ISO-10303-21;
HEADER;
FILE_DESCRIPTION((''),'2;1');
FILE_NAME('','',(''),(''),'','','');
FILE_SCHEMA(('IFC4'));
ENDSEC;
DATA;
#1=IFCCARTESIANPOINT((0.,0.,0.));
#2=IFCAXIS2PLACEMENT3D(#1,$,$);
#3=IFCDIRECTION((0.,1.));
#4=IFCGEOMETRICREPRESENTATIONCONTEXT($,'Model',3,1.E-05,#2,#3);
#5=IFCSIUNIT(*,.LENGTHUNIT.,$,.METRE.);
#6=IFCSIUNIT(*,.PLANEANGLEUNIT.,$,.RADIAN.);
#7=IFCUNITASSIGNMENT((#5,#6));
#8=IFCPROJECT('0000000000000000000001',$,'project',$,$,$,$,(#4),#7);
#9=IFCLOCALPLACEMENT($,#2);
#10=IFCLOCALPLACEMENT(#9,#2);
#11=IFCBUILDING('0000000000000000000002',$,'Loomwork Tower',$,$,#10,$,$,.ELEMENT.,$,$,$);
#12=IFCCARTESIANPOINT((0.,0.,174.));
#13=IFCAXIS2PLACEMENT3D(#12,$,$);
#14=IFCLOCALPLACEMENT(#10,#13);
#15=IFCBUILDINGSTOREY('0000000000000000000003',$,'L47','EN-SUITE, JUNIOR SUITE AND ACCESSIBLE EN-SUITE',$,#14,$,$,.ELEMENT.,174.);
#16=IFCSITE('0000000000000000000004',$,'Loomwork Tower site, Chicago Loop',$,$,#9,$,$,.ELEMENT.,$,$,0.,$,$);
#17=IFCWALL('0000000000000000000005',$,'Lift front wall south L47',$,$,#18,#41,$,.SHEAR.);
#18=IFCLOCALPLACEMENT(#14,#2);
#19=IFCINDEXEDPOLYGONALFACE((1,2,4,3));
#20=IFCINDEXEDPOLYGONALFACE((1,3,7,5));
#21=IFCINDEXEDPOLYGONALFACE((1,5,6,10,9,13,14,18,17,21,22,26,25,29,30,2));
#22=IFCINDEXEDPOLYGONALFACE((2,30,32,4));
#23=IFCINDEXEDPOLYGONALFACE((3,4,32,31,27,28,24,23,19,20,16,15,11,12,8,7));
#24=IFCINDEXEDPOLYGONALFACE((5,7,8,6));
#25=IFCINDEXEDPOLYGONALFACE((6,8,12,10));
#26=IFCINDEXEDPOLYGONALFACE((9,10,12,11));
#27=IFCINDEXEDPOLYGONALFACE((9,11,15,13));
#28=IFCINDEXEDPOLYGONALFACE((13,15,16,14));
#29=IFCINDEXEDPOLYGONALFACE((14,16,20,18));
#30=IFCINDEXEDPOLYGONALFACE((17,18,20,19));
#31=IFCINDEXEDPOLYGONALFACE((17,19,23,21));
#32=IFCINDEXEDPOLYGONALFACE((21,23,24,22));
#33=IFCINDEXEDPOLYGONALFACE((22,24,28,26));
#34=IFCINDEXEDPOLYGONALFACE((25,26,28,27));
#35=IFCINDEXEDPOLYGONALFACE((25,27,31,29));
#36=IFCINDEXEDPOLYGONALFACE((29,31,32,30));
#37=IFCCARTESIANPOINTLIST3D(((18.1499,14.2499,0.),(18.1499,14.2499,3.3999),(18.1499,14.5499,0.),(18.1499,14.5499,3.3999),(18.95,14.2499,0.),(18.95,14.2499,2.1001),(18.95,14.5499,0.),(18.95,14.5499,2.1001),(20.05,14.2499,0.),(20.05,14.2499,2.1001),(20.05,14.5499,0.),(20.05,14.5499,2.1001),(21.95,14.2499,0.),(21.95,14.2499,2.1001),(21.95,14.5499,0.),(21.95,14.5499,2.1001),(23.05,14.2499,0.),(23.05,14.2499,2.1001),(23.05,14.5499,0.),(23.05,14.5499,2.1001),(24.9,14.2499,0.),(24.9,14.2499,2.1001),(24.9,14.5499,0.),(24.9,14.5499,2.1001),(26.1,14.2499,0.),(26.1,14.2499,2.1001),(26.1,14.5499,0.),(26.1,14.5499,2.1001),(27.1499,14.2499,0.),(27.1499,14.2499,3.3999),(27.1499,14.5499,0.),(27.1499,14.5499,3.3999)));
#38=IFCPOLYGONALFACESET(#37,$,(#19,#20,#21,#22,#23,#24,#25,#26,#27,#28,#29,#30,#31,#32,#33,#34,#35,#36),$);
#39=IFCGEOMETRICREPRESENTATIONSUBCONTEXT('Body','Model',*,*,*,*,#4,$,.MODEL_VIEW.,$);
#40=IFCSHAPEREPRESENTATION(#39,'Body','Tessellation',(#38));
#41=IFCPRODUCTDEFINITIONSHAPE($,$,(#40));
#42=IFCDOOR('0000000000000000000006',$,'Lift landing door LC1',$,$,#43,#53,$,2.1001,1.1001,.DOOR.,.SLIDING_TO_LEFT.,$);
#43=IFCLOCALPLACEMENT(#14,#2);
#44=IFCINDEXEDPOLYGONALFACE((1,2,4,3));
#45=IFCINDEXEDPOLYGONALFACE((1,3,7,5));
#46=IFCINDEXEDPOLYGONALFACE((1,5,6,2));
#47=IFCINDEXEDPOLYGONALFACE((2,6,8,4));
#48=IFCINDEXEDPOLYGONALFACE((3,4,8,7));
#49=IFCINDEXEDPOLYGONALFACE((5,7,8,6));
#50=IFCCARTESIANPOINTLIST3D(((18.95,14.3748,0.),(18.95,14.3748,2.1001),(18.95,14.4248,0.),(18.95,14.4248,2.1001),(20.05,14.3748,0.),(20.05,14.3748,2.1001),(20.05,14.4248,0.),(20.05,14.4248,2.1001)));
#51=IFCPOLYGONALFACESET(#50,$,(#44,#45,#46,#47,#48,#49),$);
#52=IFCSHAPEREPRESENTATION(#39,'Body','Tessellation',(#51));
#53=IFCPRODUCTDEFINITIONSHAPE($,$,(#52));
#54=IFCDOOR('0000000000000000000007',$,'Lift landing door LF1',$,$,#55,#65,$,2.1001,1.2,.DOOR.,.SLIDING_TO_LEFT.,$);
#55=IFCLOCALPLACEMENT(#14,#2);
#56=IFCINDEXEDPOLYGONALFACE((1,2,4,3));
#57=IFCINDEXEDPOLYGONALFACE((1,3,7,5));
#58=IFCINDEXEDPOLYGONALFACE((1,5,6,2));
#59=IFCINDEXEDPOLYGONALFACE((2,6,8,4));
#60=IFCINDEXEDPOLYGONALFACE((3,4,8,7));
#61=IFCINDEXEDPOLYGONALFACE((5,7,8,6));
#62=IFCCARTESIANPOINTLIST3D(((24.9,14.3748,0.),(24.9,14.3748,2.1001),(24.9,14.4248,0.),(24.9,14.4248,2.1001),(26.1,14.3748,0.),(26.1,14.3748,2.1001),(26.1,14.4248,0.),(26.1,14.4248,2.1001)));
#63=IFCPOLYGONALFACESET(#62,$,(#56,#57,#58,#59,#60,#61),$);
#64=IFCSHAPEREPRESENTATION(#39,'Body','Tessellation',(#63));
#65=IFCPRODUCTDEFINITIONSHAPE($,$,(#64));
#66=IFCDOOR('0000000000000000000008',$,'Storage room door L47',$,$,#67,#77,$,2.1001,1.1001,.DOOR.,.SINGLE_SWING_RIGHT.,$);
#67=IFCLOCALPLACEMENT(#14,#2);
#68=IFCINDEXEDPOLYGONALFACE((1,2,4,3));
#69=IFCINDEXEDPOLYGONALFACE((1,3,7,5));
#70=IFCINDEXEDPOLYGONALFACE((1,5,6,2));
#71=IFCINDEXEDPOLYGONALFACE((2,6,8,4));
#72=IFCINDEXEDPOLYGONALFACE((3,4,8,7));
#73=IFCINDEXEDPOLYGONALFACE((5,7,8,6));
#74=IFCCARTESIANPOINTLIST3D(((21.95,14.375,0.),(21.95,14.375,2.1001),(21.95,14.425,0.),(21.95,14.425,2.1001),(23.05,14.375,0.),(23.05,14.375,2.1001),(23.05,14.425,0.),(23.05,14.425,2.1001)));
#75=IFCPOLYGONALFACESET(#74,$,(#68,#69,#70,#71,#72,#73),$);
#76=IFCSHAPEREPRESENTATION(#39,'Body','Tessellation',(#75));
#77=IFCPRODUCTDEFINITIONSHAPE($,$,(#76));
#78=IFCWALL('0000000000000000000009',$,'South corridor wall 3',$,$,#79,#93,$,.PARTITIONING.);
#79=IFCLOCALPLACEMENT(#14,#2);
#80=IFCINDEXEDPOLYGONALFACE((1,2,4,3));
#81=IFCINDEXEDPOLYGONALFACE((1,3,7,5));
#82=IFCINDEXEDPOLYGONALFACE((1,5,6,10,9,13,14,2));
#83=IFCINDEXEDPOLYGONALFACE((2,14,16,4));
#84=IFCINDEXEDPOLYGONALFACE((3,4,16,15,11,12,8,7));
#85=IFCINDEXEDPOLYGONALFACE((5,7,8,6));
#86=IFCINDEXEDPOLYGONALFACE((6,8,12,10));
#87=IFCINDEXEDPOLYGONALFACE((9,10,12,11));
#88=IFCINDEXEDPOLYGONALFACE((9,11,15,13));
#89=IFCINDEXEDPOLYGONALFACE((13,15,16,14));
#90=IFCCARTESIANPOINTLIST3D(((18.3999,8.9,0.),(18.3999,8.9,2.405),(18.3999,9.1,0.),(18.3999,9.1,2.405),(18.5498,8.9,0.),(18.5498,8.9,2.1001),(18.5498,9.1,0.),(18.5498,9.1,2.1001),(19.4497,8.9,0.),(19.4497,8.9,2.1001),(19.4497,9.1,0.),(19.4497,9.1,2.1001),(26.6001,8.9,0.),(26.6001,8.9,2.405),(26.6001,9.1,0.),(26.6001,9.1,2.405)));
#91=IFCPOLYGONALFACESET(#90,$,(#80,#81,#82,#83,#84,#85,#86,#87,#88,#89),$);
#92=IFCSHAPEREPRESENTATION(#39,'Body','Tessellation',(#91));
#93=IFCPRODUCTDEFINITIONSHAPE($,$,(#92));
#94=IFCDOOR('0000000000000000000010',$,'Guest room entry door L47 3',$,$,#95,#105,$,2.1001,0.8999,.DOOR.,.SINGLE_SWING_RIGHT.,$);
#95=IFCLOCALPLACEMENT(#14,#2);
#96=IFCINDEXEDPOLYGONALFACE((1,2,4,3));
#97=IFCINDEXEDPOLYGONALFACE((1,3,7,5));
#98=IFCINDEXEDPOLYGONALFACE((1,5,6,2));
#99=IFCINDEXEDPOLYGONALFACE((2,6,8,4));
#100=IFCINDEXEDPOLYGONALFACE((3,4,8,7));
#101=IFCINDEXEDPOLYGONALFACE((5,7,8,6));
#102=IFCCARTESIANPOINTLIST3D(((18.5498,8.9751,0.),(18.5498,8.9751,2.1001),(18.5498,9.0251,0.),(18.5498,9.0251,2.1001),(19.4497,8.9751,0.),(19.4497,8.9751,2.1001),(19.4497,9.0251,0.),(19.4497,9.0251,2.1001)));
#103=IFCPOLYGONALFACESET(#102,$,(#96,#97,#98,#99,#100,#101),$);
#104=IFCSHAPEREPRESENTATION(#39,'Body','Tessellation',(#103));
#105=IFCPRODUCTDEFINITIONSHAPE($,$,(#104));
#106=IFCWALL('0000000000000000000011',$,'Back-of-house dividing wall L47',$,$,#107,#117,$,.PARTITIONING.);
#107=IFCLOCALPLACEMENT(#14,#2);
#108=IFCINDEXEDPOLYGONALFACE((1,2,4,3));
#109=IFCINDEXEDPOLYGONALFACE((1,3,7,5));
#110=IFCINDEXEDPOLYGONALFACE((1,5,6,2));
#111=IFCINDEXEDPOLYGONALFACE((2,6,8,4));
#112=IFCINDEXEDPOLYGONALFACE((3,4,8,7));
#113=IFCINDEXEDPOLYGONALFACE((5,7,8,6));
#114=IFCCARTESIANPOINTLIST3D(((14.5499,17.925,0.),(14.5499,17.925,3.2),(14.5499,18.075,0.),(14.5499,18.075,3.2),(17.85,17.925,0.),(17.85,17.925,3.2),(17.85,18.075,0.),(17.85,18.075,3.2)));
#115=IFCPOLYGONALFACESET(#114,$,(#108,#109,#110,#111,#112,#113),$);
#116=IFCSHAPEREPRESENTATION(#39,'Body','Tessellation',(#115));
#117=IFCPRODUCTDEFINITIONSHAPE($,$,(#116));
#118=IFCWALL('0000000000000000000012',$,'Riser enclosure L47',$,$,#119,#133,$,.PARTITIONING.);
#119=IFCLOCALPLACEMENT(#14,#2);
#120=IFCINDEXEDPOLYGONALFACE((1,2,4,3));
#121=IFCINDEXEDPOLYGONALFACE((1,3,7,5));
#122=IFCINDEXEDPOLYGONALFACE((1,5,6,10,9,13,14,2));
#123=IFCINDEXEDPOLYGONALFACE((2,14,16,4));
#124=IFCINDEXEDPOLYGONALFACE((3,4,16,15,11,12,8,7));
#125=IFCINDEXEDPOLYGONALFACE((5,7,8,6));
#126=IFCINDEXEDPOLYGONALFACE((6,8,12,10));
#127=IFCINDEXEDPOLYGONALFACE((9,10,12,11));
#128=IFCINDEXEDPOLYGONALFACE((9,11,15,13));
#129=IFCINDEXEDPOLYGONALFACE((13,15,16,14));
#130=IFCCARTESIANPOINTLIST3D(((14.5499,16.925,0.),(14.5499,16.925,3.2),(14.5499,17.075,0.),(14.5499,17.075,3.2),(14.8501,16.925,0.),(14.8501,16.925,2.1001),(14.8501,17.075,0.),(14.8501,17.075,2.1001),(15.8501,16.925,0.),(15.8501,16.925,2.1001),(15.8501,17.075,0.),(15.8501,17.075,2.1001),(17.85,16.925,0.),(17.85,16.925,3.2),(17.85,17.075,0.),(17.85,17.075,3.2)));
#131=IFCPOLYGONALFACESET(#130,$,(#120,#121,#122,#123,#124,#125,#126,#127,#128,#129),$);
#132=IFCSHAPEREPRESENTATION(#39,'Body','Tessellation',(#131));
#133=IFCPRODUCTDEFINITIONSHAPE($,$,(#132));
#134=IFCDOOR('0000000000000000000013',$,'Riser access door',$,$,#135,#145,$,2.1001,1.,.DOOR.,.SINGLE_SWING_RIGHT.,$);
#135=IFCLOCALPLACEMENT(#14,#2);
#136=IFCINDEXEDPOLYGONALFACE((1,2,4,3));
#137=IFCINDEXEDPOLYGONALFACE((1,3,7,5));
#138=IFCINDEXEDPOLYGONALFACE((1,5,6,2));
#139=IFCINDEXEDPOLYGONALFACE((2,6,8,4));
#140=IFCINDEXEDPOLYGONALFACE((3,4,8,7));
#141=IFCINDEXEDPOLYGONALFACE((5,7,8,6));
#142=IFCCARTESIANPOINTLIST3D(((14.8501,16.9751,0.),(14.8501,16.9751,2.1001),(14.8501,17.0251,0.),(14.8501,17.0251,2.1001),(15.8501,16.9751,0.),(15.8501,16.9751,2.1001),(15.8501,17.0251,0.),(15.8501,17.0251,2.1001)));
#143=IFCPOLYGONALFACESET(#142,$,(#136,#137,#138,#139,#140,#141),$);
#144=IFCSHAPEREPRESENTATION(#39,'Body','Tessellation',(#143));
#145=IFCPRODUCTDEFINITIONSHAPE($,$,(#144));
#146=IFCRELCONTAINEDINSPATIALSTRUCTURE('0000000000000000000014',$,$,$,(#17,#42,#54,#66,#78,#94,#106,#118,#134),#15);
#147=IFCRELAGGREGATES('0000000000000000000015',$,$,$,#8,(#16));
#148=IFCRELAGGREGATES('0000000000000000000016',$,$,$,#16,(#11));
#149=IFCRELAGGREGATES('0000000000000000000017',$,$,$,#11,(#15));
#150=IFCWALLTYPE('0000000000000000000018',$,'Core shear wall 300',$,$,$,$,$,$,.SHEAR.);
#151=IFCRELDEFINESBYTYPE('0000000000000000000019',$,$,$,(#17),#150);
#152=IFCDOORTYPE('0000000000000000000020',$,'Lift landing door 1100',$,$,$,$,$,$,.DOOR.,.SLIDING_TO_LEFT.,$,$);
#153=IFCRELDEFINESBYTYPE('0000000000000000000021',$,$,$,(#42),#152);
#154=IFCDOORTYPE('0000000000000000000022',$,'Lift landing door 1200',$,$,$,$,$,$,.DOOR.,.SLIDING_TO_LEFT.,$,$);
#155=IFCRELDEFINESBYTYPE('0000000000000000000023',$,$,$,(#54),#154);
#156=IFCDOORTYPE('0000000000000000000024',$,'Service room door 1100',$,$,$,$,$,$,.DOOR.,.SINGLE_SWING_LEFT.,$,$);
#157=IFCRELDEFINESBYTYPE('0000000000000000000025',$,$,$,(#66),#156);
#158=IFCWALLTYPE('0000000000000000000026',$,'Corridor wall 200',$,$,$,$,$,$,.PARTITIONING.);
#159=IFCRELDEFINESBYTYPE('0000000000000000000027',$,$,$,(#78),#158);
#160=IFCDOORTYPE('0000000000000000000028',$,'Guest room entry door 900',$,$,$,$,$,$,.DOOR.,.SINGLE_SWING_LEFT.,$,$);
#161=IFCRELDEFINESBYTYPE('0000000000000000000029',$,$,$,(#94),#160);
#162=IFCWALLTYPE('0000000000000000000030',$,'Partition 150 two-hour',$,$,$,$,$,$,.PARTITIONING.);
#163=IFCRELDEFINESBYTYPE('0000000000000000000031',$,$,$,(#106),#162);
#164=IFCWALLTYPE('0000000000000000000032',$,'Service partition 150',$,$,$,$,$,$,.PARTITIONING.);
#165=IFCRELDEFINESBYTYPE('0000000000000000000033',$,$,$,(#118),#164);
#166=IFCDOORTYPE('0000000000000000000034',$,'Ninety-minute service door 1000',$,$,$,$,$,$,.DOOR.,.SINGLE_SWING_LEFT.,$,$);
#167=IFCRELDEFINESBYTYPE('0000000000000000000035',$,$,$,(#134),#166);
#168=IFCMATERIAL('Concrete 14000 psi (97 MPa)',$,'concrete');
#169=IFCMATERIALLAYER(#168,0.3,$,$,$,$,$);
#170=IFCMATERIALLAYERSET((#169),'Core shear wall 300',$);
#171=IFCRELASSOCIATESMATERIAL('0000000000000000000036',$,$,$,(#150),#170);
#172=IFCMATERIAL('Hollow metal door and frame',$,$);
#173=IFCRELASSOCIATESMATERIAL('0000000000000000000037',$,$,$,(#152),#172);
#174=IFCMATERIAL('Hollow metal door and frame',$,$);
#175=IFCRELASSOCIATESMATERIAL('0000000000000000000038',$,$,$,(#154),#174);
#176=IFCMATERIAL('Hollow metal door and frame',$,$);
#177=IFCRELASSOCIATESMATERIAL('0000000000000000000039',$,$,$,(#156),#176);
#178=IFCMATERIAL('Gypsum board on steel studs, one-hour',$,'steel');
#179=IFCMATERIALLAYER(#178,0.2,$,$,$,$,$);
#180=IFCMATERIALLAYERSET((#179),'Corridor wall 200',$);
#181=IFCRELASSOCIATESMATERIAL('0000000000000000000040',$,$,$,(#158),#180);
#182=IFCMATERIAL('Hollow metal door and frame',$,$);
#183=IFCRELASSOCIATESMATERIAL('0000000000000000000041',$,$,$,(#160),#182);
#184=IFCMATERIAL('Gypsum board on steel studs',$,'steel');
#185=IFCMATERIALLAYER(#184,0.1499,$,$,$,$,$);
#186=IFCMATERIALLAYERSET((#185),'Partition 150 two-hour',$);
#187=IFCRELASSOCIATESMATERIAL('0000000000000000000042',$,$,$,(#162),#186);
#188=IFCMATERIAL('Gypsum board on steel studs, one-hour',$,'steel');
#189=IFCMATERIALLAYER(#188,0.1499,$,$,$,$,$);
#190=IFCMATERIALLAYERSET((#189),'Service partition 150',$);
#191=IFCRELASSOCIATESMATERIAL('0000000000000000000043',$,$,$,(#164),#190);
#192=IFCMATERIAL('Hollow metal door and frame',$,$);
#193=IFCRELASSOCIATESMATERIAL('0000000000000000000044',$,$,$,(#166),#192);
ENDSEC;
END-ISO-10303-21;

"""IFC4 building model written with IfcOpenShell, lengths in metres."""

from ifc_helpers import new_model, si_unit, direction, frame, frame_2d, origin, place, context, subcontext, project, spatial, rectangle, extrude, material, layer, layer_set, type_object, element, fill, save


model = new_model("IFC4")

# Units and contexts
model_context = context("Model", 3, precision=1e-05, world=origin(), true_north=direction((0.0, 1.0)))
body_context = subcontext(model_context, "Body", "Model", "MODEL_VIEW")
ifc_project = project(units=[si_unit("LENGTHUNIT", "METRE"), si_unit("PLANEANGLEUNIT", "RADIAN")], contexts=[model_context])

# Site, building, storey
site_placement = place(None, origin())
site = spatial("IfcSite", under=ifc_project, at=site_placement, Name="Loomwork Tower site, Chicago Loop", CompositionType="ELEMENT", RefElevation=0.0)
building_placement = place(site_placement, origin())
building = spatial("IfcBuilding", under=site, at=building_placement, Name="Loomwork Tower", CompositionType="ELEMENT")
storey_placement = place(building_placement, frame((0.0, 0.0, 174.0)))
storey = spatial("IfcBuildingStorey", under=building, at=storey_placement, Name="L47", Description="EN-SUITE, JUNIOR SUITE AND ACCESSIBLE EN-SUITE", CompositionType="ELEMENT", Elevation=174.0)

# Shared definitions
ifc_material_1 = material(Name="Concrete 14000 psi (97 MPa)", Category="concrete")
ifc_layer_1 = layer(ifc_material_1, 0.3)
ifc_layer_set_1 = layer_set([ifc_layer_1], Name="Core shear wall 300")
wall_type_1 = type_object("IfcWallType", Name="Core shear wall 300", PredefinedType="SHEAR", material=ifc_layer_set_1)

# Wall, openings, doors
ifc_material_2 = material(Name="Hollow metal door and frame")
door_type_1 = type_object("IfcDoorType", Name="Lift landing door 1100", OperationType="SLIDING_TO_LEFT", PredefinedType="DOOR", material=ifc_material_2)
wall_1_placement = place(storey_placement, frame((18.1499, 14.3999, 0.0), z_axis=(0.0, 0.0, 1.0), x_axis=(1.0, 0.0, 0.0)))
wall_1 = element("IfcWall", 1, at=wall_1_placement, inside=storey, type_object=wall_type_1, Name="Lift front wall south L47", PredefinedType="SHEAR", context=body_context, shape_type="SweptSolid", body=[
    extrude(rectangle(XDim=9.0, YDim=0.3, at=frame_2d((4.5, 0.0))), origin(), (0.0, 0.0, 1.0), 3.3999),
])
opening_1_placement = place(wall_1_placement, frame((0.8, 0.0, 0.0)))
opening_1 = element("IfcOpeningElement", 2, at=opening_1_placement, cuts=wall_1, PredefinedType="OPENING", context=body_context, shape_type="SweptSolid", body=[
    extrude(rectangle(XDim=1.1001, YDim=2.1001, at=frame_2d((0.55, 1.05))), frame((0.0, 0.1599, 0.0), z_axis=(0.0, -1.0, 0.0), x_axis=(1.0, 0.0, 0.0)), (0.0, 0.0, 1.0), 0.3201),
])
opening_2_placement = place(wall_1_placement, frame((6.75, 0.0, 0.0)))
opening_2 = element("IfcOpeningElement", 3, at=opening_2_placement, cuts=wall_1, PredefinedType="OPENING", context=body_context, shape_type="SweptSolid", body=[
    extrude(rectangle(XDim=1.2, YDim=2.1001, at=frame_2d((0.6001, 1.05))), frame((0.0, 0.1599, 0.0), z_axis=(0.0, -1.0, 0.0), x_axis=(1.0, 0.0, 0.0)), (0.0, 0.0, 1.0), 0.3201),
])
opening_3_placement = place(wall_1_placement, frame((3.8, 0.0, 0.0)))
opening_3 = element("IfcOpeningElement", 4, at=opening_3_placement, cuts=wall_1, PredefinedType="OPENING", context=body_context, shape_type="SweptSolid", body=[
    extrude(rectangle(XDim=1.1001, YDim=2.1001, at=frame_2d((0.55, 1.05))), frame((0.0, 0.1599, 0.0), z_axis=(0.0, -1.0, 0.0), x_axis=(1.0, 0.0, 0.0)), (0.0, 0.0, 1.0), 0.3201),
])
door_1_placement = place(opening_1_placement, origin())
door_1 = element("IfcDoor", 5, at=door_1_placement, inside=storey, type_object=door_type_1, Name="Lift landing door LC1", OperationType="SLIDING_TO_LEFT", OverallHeight=2.1001, OverallWidth=1.1001, PredefinedType="DOOR", context=body_context, shape_type="SweptSolid", body=[
    extrude(rectangle(XDim=1.1001, YDim=2.1001, at=frame_2d((0.55, 1.05))), frame((0.0, 0.0249, 0.0), z_axis=(0.0, -1.0, 0.0), x_axis=(1.0, 0.0, 0.0)), (0.0, 0.0, 1.0), 0.05),
])
fill(opening_1, door_1)
ifc_material_3 = material(Name="Hollow metal door and frame")
door_type_2 = type_object("IfcDoorType", Name="Lift landing door 1200", OperationType="SLIDING_TO_LEFT", PredefinedType="DOOR", material=ifc_material_3)
door_2_placement = place(opening_2_placement, origin())
door_2 = element("IfcDoor", 6, at=door_2_placement, inside=storey, type_object=door_type_2, Name="Lift landing door LF1", OperationType="SLIDING_TO_LEFT", OverallHeight=2.1001, OverallWidth=1.2, PredefinedType="DOOR", context=body_context, shape_type="SweptSolid", body=[
    extrude(rectangle(XDim=1.2, YDim=2.1001, at=frame_2d((0.6001, 1.05))), frame((0.0, 0.0249, 0.0), z_axis=(0.0, -1.0, 0.0), x_axis=(1.0, 0.0, 0.0)), (0.0, 0.0, 1.0), 0.05),
])
fill(opening_2, door_2)
ifc_material_4 = material(Name="Hollow metal door and frame")
door_type_3 = type_object("IfcDoorType", Name="Service room door 1100", OperationType="SINGLE_SWING_LEFT", PredefinedType="DOOR", material=ifc_material_4)
door_3_placement = place(opening_3_placement, frame((1.1001, 0.0, 0.0), z_axis=(0.0, 0.0, 1.0), x_axis=(-1.0, 0.0, 0.0)))
door_3 = element("IfcDoor", 7, at=door_3_placement, inside=storey, type_object=door_type_3, Name="Storage room door L47", OperationType="SINGLE_SWING_RIGHT", OverallHeight=2.1001, OverallWidth=1.1001, PredefinedType="DOOR", context=body_context, shape_type="SweptSolid", body=[
    extrude(rectangle(XDim=1.1001, YDim=2.1001, at=frame_2d((0.55, 1.05))), frame((0.0, 0.0249, 0.0), z_axis=(0.0, -1.0, 0.0), x_axis=(1.0, 0.0, 0.0)), (0.0, 0.0, 1.0), 0.05),
])
fill(opening_3, door_3)

# Wall, opening, door
ifc_material_5 = material(Name="Gypsum board on steel studs, one-hour", Category="steel")
ifc_layer_2 = layer(ifc_material_5, 0.2)
ifc_layer_set_2 = layer_set([ifc_layer_2], Name="Corridor wall 200")
wall_type_2 = type_object("IfcWallType", Name="Corridor wall 200", PredefinedType="PARTITIONING", material=ifc_layer_set_2)
wall_2_placement = place(storey_placement, frame((18.3999, 9.0, 0.0), z_axis=(0.0, 0.0, 1.0), x_axis=(1.0, 0.0, 0.0)))
wall_2 = element("IfcWall", 8, at=wall_2_placement, inside=storey, type_object=wall_type_2, Name="South corridor wall 3", PredefinedType="PARTITIONING", context=body_context, shape_type="SweptSolid", body=[
    extrude(rectangle(XDim=8.2002, YDim=0.2, at=frame_2d((4.1001, 0.0))), origin(), (0.0, 0.0, 1.0), 2.405),
])
opening_4_placement = place(wall_2_placement, frame((0.1499, 0.0, 0.0)))
opening_4 = element("IfcOpeningElement", 9, at=opening_4_placement, cuts=wall_2, PredefinedType="OPENING", context=body_context, shape_type="SweptSolid", body=[
    extrude(rectangle(XDim=0.8999, YDim=2.1001, at=frame_2d((0.45, 1.05))), frame((0.0, 0.1099, 0.0), z_axis=(0.0, -1.0, 0.0), x_axis=(1.0, 0.0, 0.0)), (0.0, 0.0, 1.0), 0.22),
])
ifc_material_6 = material(Name="Hollow metal door and frame")
door_type_4 = type_object("IfcDoorType", Name="Guest room entry door 900", OperationType="SINGLE_SWING_LEFT", PredefinedType="DOOR", material=ifc_material_6)
door_4_placement = place(opening_4_placement, frame((0.8999, 0.0, 0.0), z_axis=(0.0, 0.0, 1.0), x_axis=(-1.0, 0.0, 0.0)))
door_4 = element("IfcDoor", 10, at=door_4_placement, inside=storey, type_object=door_type_4, Name="Guest room entry door L47 3", OperationType="SINGLE_SWING_RIGHT", OverallHeight=2.1001, OverallWidth=0.8999, PredefinedType="DOOR", context=body_context, shape_type="SweptSolid", body=[
    extrude(rectangle(XDim=0.8999, YDim=2.1001, at=frame_2d((0.45, 1.05))), frame((0.0, 0.0249, 0.0), z_axis=(0.0, -1.0, 0.0), x_axis=(1.0, 0.0, 0.0)), (0.0, 0.0, 1.0), 0.05),
])
fill(opening_4, door_4)

# Wall
ifc_material_7 = material(Name="Gypsum board on steel studs", Category="steel")
ifc_layer_3 = layer(ifc_material_7, 0.1499)
ifc_layer_set_3 = layer_set([ifc_layer_3], Name="Partition 150 two-hour")
wall_type_3 = type_object("IfcWallType", Name="Partition 150 two-hour", PredefinedType="PARTITIONING", material=ifc_layer_set_3)
wall_3_placement = place(storey_placement, frame((14.55, 18.0, 0.0), z_axis=(0.0, 0.0, 1.0), x_axis=(1.0, 0.0, 0.0)))
element("IfcWall", 11, at=wall_3_placement, inside=storey, type_object=wall_type_3, Name="Back-of-house dividing wall L47", PredefinedType="PARTITIONING", context=body_context, shape_type="SweptSolid", body=[
    extrude(rectangle(XDim=3.3, YDim=0.1499, at=frame_2d((1.6499, 0.0))), origin(), (0.0, 0.0, 1.0), 3.2),
])

# Wall, opening, door
ifc_material_8 = material(Name="Gypsum board on steel studs, one-hour", Category="steel")
ifc_layer_4 = layer(ifc_material_8, 0.1499)
ifc_layer_set_4 = layer_set([ifc_layer_4], Name="Service partition 150")
wall_type_4 = type_object("IfcWallType", Name="Service partition 150", PredefinedType="PARTITIONING", material=ifc_layer_set_4)
wall_4_placement = place(storey_placement, frame((14.55, 17.0, 0.0), z_axis=(0.0, 0.0, 1.0), x_axis=(1.0, 0.0, 0.0)))
wall_4 = element("IfcWall", 12, at=wall_4_placement, inside=storey, type_object=wall_type_4, Name="Riser enclosure L47", PredefinedType="PARTITIONING", context=body_context, shape_type="SweptSolid", body=[
    extrude(rectangle(XDim=3.3, YDim=0.1499, at=frame_2d((1.6499, 0.0))), origin(), (0.0, 0.0, 1.0), 3.2),
])
opening_5_placement = place(wall_4_placement, frame((0.3, 0.0, 0.0)))
opening_5 = element("IfcOpeningElement", 13, at=opening_5_placement, cuts=wall_4, PredefinedType="OPENING", context=body_context, shape_type="SweptSolid", body=[
    extrude(rectangle(XDim=1.0, YDim=2.1001, at=frame_2d((0.5, 1.05))), frame((0.0, 0.085, 0.0), z_axis=(0.0, -1.0, 0.0), x_axis=(1.0, 0.0, 0.0)), (0.0, 0.0, 1.0), 0.1699),
])
ifc_material_9 = material(Name="Hollow metal door and frame")
door_type_5 = type_object("IfcDoorType", Name="Ninety-minute service door 1000", OperationType="SINGLE_SWING_LEFT", PredefinedType="DOOR", material=ifc_material_9)
door_5_placement = place(opening_5_placement, frame((1.0, 0.0, 0.0), z_axis=(0.0, 0.0, 1.0), x_axis=(-1.0, 0.0, 0.0)))
door_5 = element("IfcDoor", 14, at=door_5_placement, inside=storey, type_object=door_type_5, Name="Riser access door", OperationType="SINGLE_SWING_RIGHT", OverallHeight=2.1001, OverallWidth=1.0, PredefinedType="DOOR", context=body_context, shape_type="SweptSolid", body=[
    extrude(rectangle(XDim=1.0, YDim=2.1001, at=frame_2d((0.5, 1.05))), frame((0.0, 0.0249, 0.0), z_axis=(0.0, -1.0, 0.0), x_axis=(1.0, 0.0, 0.0)), (0.0, 0.0, 1.0), 0.05),
])
fill(opening_5, door_5)

save(model, "model.ifc")
